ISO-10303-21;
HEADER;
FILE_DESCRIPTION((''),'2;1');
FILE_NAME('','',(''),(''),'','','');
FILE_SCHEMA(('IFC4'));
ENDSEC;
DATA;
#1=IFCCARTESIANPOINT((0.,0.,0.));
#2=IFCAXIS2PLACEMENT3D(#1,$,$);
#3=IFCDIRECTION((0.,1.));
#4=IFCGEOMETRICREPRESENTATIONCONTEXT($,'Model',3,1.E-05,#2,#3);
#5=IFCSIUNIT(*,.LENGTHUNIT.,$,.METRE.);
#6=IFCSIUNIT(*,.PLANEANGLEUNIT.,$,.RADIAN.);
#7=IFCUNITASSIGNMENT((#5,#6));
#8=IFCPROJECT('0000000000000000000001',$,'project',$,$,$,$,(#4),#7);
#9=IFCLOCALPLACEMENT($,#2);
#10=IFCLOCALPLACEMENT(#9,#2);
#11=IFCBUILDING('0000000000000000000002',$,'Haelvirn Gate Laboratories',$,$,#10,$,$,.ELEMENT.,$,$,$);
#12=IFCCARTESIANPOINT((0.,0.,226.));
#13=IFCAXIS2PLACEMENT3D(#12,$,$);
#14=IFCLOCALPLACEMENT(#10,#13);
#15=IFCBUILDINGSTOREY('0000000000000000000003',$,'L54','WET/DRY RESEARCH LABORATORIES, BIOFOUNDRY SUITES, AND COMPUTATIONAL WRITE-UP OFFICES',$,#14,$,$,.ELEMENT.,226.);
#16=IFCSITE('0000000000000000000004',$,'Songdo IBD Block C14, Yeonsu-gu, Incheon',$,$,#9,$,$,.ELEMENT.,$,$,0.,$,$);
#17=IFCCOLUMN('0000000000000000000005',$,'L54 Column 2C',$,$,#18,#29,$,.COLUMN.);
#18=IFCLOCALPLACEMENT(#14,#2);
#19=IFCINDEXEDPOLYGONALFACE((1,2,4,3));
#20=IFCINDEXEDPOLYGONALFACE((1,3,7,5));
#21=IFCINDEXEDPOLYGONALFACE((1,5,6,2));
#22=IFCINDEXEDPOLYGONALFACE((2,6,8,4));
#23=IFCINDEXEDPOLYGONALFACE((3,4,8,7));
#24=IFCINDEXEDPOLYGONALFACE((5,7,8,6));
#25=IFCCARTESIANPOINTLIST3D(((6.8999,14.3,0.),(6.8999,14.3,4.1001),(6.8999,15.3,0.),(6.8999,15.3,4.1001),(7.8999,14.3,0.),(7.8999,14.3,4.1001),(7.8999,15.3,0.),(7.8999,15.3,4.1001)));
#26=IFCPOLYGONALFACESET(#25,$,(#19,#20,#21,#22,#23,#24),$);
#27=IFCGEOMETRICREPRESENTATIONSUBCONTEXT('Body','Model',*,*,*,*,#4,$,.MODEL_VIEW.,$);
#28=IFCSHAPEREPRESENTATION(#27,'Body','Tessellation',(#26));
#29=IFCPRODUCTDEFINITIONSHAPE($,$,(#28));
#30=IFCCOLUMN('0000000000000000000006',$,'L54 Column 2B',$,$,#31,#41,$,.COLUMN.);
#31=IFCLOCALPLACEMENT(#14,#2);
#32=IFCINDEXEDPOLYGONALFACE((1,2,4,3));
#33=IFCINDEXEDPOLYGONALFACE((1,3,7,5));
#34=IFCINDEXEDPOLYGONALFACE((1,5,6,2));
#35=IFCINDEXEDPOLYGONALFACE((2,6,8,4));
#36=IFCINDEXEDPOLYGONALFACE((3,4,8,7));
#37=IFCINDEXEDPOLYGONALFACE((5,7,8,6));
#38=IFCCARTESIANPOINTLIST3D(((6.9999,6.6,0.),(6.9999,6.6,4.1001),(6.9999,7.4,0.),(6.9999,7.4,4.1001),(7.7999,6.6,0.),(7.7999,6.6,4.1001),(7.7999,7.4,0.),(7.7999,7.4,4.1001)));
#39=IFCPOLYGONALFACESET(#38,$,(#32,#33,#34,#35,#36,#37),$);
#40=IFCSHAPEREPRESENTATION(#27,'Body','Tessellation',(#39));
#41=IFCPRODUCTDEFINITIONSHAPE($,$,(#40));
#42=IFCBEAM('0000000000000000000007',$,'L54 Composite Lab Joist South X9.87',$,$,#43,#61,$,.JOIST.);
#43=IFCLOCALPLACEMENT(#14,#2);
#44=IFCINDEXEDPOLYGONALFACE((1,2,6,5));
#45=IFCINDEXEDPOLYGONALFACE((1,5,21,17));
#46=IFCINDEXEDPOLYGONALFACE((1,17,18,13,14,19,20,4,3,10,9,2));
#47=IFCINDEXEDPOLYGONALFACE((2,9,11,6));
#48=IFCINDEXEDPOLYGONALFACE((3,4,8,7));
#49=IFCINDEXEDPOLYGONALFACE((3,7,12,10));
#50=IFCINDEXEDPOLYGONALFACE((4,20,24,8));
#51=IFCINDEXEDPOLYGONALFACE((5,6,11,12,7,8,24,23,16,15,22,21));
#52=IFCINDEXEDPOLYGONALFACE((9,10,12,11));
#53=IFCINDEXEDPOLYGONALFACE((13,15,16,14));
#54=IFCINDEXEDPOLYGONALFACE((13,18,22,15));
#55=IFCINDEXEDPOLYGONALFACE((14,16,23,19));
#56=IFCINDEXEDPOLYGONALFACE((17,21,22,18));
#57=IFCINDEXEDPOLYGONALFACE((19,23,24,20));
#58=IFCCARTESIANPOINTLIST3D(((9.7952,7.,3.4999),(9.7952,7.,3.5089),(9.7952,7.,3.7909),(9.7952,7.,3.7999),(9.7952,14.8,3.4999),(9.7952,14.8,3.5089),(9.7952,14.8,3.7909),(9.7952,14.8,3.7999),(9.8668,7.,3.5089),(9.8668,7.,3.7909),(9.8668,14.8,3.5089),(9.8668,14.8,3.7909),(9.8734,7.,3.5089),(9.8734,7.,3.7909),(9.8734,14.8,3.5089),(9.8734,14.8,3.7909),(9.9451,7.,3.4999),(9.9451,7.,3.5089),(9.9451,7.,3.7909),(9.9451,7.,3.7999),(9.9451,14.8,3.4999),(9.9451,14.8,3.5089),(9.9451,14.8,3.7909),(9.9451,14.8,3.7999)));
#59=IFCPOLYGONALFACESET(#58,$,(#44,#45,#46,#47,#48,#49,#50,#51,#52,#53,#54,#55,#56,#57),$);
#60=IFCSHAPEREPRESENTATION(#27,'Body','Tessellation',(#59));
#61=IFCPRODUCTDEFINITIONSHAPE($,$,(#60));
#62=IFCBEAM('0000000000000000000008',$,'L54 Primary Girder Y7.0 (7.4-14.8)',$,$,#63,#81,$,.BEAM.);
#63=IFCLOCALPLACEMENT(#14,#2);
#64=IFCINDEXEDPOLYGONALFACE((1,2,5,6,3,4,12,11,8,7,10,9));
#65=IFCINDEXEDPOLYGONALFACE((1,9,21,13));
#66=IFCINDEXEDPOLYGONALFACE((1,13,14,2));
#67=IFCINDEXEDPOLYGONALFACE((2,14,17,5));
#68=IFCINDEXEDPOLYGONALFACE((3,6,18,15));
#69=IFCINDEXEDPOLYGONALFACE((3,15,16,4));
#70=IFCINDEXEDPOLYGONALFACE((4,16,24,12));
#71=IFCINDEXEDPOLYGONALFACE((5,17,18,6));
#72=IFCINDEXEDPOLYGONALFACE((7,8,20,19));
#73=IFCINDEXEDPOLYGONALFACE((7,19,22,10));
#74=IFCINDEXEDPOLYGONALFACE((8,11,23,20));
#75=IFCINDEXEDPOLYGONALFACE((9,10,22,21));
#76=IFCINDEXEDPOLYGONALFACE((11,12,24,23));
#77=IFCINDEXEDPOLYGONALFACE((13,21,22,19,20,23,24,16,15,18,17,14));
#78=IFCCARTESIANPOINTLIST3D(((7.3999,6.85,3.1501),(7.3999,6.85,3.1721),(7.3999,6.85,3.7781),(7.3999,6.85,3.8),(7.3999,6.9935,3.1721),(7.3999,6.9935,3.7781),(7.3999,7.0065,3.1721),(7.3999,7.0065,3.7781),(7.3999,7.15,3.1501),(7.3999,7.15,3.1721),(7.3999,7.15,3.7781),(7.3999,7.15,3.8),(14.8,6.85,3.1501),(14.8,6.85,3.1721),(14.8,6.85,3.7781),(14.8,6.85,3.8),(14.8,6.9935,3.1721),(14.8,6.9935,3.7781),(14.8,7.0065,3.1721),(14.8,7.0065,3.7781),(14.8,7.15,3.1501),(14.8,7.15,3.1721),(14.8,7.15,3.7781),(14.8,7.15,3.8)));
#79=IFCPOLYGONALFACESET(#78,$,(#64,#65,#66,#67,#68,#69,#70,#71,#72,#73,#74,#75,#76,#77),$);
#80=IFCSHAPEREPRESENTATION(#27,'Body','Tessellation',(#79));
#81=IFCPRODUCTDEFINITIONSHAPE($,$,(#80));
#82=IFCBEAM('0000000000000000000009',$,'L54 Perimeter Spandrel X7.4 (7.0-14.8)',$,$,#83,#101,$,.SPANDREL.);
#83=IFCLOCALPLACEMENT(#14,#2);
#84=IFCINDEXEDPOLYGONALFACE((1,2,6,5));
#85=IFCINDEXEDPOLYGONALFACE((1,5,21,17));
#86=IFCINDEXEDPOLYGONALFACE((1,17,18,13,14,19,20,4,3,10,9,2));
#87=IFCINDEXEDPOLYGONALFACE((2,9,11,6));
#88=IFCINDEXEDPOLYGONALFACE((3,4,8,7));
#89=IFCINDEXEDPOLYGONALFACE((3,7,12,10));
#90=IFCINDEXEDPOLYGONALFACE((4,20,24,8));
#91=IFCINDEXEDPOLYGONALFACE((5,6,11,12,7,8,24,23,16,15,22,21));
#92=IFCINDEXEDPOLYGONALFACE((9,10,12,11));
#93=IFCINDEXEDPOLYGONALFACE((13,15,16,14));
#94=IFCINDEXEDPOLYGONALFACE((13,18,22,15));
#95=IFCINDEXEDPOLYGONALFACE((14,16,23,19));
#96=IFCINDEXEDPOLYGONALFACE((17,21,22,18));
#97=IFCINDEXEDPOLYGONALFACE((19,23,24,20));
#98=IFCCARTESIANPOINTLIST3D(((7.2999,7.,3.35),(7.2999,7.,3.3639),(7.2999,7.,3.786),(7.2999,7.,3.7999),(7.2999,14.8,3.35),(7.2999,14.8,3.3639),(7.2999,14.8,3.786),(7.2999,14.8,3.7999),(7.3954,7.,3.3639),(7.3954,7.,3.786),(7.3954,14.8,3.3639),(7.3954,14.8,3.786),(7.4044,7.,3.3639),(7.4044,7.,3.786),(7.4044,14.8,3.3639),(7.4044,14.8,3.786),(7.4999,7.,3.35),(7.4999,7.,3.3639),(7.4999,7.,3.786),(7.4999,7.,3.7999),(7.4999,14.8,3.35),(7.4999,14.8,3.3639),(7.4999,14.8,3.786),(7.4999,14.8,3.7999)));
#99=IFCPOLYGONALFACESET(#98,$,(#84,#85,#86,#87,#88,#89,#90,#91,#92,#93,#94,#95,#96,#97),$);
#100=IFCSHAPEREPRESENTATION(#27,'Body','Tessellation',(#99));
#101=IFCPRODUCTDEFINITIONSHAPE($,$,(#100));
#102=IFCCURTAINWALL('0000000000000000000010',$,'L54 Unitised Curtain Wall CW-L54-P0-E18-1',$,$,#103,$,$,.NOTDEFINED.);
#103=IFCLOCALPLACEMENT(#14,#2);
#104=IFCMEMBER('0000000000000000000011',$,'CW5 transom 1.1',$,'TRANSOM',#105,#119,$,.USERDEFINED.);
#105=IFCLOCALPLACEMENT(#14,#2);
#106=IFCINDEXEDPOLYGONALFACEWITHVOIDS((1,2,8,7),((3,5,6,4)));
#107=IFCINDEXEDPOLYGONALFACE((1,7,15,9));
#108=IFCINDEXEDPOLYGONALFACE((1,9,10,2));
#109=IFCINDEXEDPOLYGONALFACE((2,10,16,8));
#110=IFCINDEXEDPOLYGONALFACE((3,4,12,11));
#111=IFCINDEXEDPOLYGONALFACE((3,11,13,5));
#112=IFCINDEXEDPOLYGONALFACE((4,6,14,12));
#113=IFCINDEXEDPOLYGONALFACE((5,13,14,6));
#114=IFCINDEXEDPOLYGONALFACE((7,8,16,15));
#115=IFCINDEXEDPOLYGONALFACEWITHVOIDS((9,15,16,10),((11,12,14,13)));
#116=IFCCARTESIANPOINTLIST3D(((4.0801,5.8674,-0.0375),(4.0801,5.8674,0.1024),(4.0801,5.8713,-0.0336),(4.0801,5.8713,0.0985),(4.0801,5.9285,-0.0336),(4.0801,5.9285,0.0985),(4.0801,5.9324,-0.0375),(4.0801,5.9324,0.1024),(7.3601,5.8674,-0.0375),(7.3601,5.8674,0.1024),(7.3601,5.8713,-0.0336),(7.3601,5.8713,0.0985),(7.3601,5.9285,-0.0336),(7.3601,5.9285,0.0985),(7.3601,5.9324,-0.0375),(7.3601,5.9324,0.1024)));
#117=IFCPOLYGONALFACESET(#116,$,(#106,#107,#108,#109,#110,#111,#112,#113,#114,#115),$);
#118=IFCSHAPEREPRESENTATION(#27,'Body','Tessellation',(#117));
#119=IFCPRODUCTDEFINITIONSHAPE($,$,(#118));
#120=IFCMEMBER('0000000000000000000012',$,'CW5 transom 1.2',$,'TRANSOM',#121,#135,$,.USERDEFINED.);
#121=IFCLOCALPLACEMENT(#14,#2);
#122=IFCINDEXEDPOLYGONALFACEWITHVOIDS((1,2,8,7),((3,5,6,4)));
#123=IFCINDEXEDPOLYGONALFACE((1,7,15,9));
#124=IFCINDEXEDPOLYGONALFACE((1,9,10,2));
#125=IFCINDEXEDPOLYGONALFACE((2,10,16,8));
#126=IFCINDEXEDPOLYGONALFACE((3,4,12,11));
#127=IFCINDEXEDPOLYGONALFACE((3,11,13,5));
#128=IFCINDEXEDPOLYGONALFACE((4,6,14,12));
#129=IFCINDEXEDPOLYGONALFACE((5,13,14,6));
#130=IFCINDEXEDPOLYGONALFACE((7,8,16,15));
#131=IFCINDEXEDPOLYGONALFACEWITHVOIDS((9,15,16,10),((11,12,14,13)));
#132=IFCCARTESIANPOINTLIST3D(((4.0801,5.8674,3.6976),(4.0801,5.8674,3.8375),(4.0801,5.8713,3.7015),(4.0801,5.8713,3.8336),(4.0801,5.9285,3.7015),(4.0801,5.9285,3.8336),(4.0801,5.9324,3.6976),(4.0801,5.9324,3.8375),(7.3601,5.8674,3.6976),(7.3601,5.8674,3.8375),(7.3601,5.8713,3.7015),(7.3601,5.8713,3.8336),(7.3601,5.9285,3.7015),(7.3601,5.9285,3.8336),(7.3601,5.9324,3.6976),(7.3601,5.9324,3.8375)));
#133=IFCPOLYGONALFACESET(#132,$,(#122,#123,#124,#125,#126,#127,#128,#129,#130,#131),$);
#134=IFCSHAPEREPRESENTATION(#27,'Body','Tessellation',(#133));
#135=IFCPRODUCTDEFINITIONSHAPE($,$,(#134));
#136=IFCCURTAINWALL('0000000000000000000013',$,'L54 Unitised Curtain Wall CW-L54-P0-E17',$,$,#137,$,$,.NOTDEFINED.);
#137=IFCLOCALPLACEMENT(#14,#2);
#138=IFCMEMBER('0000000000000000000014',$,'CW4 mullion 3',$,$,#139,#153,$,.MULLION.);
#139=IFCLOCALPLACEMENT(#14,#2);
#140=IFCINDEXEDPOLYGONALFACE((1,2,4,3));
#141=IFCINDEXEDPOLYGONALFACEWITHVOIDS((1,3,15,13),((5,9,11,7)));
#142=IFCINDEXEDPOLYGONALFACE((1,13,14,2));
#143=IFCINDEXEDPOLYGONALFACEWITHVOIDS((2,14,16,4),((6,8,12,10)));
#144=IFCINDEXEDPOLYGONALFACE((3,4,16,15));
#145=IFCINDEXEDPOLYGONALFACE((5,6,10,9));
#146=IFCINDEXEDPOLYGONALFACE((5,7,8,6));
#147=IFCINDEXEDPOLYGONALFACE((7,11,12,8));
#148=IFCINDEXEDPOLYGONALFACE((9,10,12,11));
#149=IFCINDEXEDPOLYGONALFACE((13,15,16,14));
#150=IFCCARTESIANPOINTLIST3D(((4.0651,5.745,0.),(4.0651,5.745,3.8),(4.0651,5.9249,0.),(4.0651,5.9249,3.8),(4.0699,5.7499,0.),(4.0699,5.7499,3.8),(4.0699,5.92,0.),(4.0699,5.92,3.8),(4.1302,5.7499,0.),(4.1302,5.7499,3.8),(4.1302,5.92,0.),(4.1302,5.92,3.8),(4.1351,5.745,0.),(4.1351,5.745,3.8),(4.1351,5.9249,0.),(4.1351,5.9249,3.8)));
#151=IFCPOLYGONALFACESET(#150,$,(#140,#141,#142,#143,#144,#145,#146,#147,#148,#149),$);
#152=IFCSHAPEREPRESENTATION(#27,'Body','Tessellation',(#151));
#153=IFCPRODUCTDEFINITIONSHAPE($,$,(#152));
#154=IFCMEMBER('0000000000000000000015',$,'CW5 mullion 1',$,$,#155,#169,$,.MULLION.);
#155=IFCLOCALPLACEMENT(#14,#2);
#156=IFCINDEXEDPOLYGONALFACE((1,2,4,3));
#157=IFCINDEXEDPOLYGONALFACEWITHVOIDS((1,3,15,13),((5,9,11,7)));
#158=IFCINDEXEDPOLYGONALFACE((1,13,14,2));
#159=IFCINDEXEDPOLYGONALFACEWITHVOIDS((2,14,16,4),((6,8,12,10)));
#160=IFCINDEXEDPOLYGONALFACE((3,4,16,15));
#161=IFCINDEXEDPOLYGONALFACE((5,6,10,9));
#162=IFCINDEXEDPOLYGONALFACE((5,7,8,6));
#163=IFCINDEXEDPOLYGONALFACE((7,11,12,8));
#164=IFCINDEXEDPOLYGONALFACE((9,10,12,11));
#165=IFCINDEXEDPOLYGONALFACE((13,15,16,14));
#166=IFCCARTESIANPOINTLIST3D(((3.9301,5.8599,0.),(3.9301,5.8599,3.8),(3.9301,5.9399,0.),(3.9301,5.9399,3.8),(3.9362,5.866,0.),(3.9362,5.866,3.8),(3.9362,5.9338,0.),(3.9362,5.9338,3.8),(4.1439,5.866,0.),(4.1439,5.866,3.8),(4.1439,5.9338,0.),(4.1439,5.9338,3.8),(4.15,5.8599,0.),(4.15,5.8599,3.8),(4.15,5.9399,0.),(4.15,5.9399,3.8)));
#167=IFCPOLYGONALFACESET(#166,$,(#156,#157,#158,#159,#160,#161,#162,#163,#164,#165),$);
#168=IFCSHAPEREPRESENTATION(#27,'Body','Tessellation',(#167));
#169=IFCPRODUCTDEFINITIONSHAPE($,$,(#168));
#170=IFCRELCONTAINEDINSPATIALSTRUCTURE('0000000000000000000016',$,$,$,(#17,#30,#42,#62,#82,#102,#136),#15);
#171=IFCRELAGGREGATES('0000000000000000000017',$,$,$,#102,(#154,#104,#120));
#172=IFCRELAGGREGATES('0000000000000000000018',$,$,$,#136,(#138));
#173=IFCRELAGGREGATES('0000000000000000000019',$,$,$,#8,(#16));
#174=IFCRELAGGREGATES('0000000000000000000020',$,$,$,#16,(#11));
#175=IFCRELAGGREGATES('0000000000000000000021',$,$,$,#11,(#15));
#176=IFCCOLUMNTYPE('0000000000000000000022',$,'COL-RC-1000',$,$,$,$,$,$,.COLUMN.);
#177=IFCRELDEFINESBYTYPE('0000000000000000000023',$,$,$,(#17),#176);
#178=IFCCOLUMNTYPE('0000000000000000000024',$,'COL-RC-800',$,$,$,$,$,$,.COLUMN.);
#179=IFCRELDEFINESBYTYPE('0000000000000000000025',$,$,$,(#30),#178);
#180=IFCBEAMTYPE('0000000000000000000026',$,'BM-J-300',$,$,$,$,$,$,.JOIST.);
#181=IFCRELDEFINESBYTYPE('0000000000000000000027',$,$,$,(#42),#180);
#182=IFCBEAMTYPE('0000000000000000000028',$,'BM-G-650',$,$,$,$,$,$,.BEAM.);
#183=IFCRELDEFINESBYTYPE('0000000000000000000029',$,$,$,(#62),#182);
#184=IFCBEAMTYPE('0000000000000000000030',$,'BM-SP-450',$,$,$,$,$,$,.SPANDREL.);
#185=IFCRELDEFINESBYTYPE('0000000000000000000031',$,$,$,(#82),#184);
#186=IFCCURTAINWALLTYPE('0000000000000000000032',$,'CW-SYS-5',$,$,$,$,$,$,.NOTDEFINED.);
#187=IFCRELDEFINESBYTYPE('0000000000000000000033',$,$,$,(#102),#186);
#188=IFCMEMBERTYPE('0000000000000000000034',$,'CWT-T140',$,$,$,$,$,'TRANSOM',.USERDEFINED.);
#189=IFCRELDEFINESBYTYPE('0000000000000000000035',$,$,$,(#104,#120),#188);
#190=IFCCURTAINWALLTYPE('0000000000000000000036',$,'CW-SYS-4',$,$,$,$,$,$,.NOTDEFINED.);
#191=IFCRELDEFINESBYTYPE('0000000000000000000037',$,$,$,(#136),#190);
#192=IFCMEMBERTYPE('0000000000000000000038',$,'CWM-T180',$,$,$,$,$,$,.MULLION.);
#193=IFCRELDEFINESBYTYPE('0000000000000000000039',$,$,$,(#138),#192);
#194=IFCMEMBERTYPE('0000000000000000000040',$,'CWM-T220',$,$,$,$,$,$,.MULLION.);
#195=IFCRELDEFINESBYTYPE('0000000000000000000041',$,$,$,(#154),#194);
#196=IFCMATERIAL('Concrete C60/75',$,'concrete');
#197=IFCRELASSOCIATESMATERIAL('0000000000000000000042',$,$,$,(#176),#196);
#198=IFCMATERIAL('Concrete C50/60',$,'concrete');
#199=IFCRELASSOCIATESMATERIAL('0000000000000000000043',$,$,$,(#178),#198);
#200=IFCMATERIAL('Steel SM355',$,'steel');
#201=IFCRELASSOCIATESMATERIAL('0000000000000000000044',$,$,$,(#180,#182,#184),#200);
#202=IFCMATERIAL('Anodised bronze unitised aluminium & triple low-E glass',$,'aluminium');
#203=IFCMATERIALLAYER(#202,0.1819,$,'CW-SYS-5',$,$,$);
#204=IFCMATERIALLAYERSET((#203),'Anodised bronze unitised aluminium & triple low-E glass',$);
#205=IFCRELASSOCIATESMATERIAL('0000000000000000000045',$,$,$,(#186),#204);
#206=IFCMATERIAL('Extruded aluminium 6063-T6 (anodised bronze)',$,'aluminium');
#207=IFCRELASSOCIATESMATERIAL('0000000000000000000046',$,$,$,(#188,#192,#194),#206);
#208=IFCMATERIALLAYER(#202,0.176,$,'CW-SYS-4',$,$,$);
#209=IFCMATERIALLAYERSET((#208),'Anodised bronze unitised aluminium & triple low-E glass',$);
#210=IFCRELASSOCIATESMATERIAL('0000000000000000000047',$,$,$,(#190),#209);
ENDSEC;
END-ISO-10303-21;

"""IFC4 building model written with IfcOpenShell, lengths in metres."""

from ifc_helpers import new_model, si_unit, direction, frame, origin, origin_2d, place, context, subcontext, project, spatial, rectangle, hollow_rectangle, i_section, extrude, source, transform, mapped, material, layer, layer_set, material_profile, profile_set, type_object, type_shapes, element, aggregate, save


model = new_model("IFC4")

# Units and contexts
model_context = context("Model", 3, precision=1e-05, world=origin(), true_north=direction((0.0, 1.0)))
body_context = subcontext(model_context, "Body", "Model", "MODEL_VIEW")
ifc_project = project(units=[si_unit("LENGTHUNIT", "METRE"), si_unit("PLANEANGLEUNIT", "RADIAN")], contexts=[model_context])

# Site, building, storey
site_placement = place(None, origin())
site = spatial("IfcSite", under=ifc_project, at=site_placement, Name="Songdo IBD Block C14, Yeonsu-gu, Incheon", CompositionType="ELEMENT", RefElevation=0.0)
building_placement = place(site_placement, origin())
building = spatial("IfcBuilding", under=site, at=building_placement, Name="Haelvirn Gate Laboratories", CompositionType="ELEMENT")
storey_placement = place(building_placement, frame((0.0, 0.0, 226.0)))
storey = spatial("IfcBuildingStorey", under=building, at=storey_placement, Name="L54", Description="WET/DRY RESEARCH LABORATORIES, BIOFOUNDRY SUITES, AND COMPUTATIONAL WRITE-UP OFFICES", CompositionType="ELEMENT", Elevation=226.0)

# Columns
ifc_material_1 = material(Name="Concrete C60/75", Category="concrete")
ifc_material_profile_1 = material_profile(ifc_material_1, rectangle(XDim=1.0, YDim=1.0, at=origin_2d()), Name="RC-1000x1000")
ifc_profile_set_1 = profile_set([ifc_material_profile_1], Name="Concrete C60/75")
column_type_1 = type_object("IfcColumnType", Name="COL-RC-1000", PredefinedType="COLUMN", material=ifc_profile_set_1)
shared_shape_1 = source(origin(), body_context, "Body", "SweptSolid", [
    extrude(rectangle(XDim=1.0, YDim=1.0, at=origin_2d()), origin(), (0.0, 0.0, 1.0), 4.1001),
])
type_shapes(column_type_1, [shared_shape_1])
column_1_placement = place(storey_placement, frame((7.3999, 14.8, 0.0), z_axis=(0.0, 0.0, 1.0), x_axis=(1.0, 0.0, 0.0)))
element("IfcColumn", 1, at=column_1_placement, inside=storey, type_object=column_type_1, Name="L54 Column 2C", PredefinedType="COLUMN", context=body_context, shape_type="MappedRepresentation", body=[
    mapped(shared_shape_1, transform((0.0, 0.0, 0.0), scale=1.0)),
])
ifc_material_2 = material(Name="Concrete C50/60", Category="concrete")
ifc_material_profile_2 = material_profile(ifc_material_2, rectangle(XDim=0.8, YDim=0.8, at=origin_2d()), Name="RC-800x800")
ifc_profile_set_2 = profile_set([ifc_material_profile_2], Name="Concrete C50/60")
column_type_2 = type_object("IfcColumnType", Name="COL-RC-800", PredefinedType="COLUMN", material=ifc_profile_set_2)
shared_shape_2 = source(origin(), body_context, "Body", "SweptSolid", [
    extrude(rectangle(XDim=0.8, YDim=0.8, at=origin_2d()), origin(), (0.0, 0.0, 1.0), 4.1001),
])
type_shapes(column_type_2, [shared_shape_2])
column_2_placement = place(storey_placement, frame((7.3999, 7.0, 0.0), z_axis=(0.0, 0.0, 1.0), x_axis=(1.0, 0.0, 0.0)))
element("IfcColumn", 2, at=column_2_placement, inside=storey, type_object=column_type_2, Name="L54 Column 2B", PredefinedType="COLUMN", context=body_context, shape_type="MappedRepresentation", body=[
    mapped(shared_shape_2, transform((0.0, 0.0, 0.0), scale=1.0)),
])

# Beams
ifc_material_3 = material(Name="Steel SM355", Category="steel")
ifc_material_profile_3 = material_profile(ifc_material_3, i_section(OverallWidth=0.1499, OverallDepth=0.3, WebThickness=0.0066, FlangeThickness=0.009, at=origin_2d()), Name="H-300x150x6.5x9")
ifc_profile_set_3 = profile_set([ifc_material_profile_3], Name="Steel SM355")
beam_type_1 = type_object("IfcBeamType", Name="BM-J-300", PredefinedType="JOIST", material=ifc_profile_set_3)
shared_shape_3 = source(origin(), body_context, "Body", "SweptSolid", [
    extrude(i_section(OverallWidth=0.1499, OverallDepth=0.3, WebThickness=0.0066, FlangeThickness=0.009, at=origin_2d()), origin(), (0.0, 0.0, 1.0), 7.8),
])
type_shapes(beam_type_1, [shared_shape_3])
beam_1_placement = place(storey_placement, frame((9.8701, 7.0, 3.6499), z_axis=(0.0, 1.0, 0.0), x_axis=(-1.0, 0.0, 0.0)))
element("IfcBeam", 3, at=beam_1_placement, inside=storey, type_object=beam_type_1, Name="L54 Composite Lab Joist South X9.87", PredefinedType="JOIST", context=body_context, shape_type="MappedRepresentation", body=[
    mapped(shared_shape_3, transform((0.0, 0.0, 0.0), scale=1.0)),
])
ifc_material_profile_4 = material_profile(ifc_material_3, i_section(OverallWidth=0.3, OverallDepth=0.6499, WebThickness=0.0129, FlangeThickness=0.022, at=origin_2d()), Name="H-650x300x13x22")
ifc_profile_set_4 = profile_set([ifc_material_profile_4], Name="Steel SM355")
beam_type_2 = type_object("IfcBeamType", Name="BM-G-650", PredefinedType="BEAM", material=ifc_profile_set_4)
shared_shape_4 = source(origin(), body_context, "Body", "SweptSolid", [
    extrude(i_section(OverallWidth=0.3, OverallDepth=0.6499, WebThickness=0.0129, FlangeThickness=0.022, at=origin_2d()), origin(), (0.0, 0.0, 1.0), 7.4001),
])
type_shapes(beam_type_2, [shared_shape_4])
beam_2_placement = place(storey_placement, frame((7.3999, 7.0, 3.4751), z_axis=(1.0, 0.0, 0.0), x_axis=(0.0, 1.0, 0.0)))
element("IfcBeam", 4, at=beam_2_placement, inside=storey, type_object=beam_type_2, Name="L54 Primary Girder Y7.0 (7.4-14.8)", PredefinedType="BEAM", context=body_context, shape_type="MappedRepresentation", body=[
    mapped(shared_shape_4, transform((0.0, 0.0, 0.0), scale=1.0)),
])
ifc_material_profile_5 = material_profile(ifc_material_3, i_section(OverallWidth=0.2, OverallDepth=0.45, WebThickness=0.009, FlangeThickness=0.0139, at=origin_2d()), Name="H-450x200x9x14")
ifc_profile_set_5 = profile_set([ifc_material_profile_5], Name="Steel SM355")
beam_type_3 = type_object("IfcBeamType", Name="BM-SP-450", PredefinedType="SPANDREL", material=ifc_profile_set_5)
shared_shape_5 = source(origin(), body_context, "Body", "SweptSolid", [
    extrude(i_section(OverallWidth=0.2, OverallDepth=0.45, WebThickness=0.009, FlangeThickness=0.0139, at=origin_2d()), origin(), (0.0, 0.0, 1.0), 7.8),
])
type_shapes(beam_type_3, [shared_shape_5])
beam_3_placement = place(storey_placement, frame((7.3999, 7.0, 3.575), z_axis=(0.0, 1.0, 0.0), x_axis=(-1.0, 0.0, 0.0)))
element("IfcBeam", 5, at=beam_3_placement, inside=storey, type_object=beam_type_3, Name="L54 Perimeter Spandrel X7.4 (7.0-14.8)", PredefinedType="SPANDREL", context=body_context, shape_type="MappedRepresentation", body=[
    mapped(shared_shape_5, transform((0.0, 0.0, 0.0), scale=1.0)),
])

# Curtain wall, members
ifc_material_4 = material(Name="Anodised bronze unitised aluminium & triple low-E glass", Category="aluminium")
ifc_layer_1 = layer(ifc_material_4, 0.1819, Name="CW-SYS-5")
ifc_layer_set_1 = layer_set([ifc_layer_1], Name="Anodised bronze unitised aluminium & triple low-E glass")
curtain_wall_type_1 = type_object("IfcCurtainWallType", Name="CW-SYS-5", PredefinedType="NOTDEFINED", material=ifc_layer_set_1)
curtain_wall_1_placement = place(storey_placement, origin())
curtain_wall_1 = element("IfcCurtainWall", 6, at=curtain_wall_1_placement, inside=storey, type_object=curtain_wall_type_1, Name="L54 Unitised Curtain Wall CW-L54-P0-E18-1", PredefinedType="NOTDEFINED")
ifc_material_5 = material(Name="Extruded aluminium 6063-T6 (anodised bronze)", Category="aluminium")
ifc_material_profile_6 = material_profile(ifc_material_5, hollow_rectangle(XDim=0.0649, YDim=0.1399, WallThickness=0.0039, at=origin_2d()), Name="CWT-140x65x4")
ifc_profile_set_6 = profile_set([ifc_material_profile_6], Name="Extruded aluminium 6063-T6 (anodised bronze)")
member_type_1 = type_object("IfcMemberType", Name="CWT-T140", ElementType="TRANSOM", PredefinedType="USERDEFINED", material=ifc_profile_set_6)
shared_shape_6 = source(origin(), body_context, "Body", "SweptSolid", [
    extrude(hollow_rectangle(XDim=0.0649, YDim=0.1399, WallThickness=0.0039, at=origin_2d()), origin(), (0.0, 0.0, 1.0), 3.28),
])
type_shapes(member_type_1, [shared_shape_6])
member_1_placement = place(storey_placement, frame((4.0801, 5.8999, 0.0325), z_axis=(1.0, 0.0, 0.0), x_axis=(0.0, 1.0, 0.0)))
member_1 = element("IfcMember", 7, at=member_1_placement, type_object=member_type_1, Name="CW5 transom 1.1", ObjectType="TRANSOM", PredefinedType="USERDEFINED", context=body_context, shape_type="MappedRepresentation", body=[
    mapped(shared_shape_6, transform((0.0, 0.0, 0.0), scale=1.0)),
])
member_2_placement = place(storey_placement, frame((4.0801, 5.8999, 3.7676), z_axis=(1.0, 0.0, 0.0), x_axis=(0.0, 1.0, 0.0)))
member_2 = element("IfcMember", 8, at=member_2_placement, type_object=member_type_1, Name="CW5 transom 1.2", ObjectType="TRANSOM", PredefinedType="USERDEFINED", context=body_context, shape_type="MappedRepresentation", body=[
    mapped(shared_shape_6, transform((0.0, 0.0, 0.0), scale=1.0)),
])

# Curtain wall, member
ifc_layer_2 = layer(ifc_material_4, 0.176, Name="CW-SYS-4")
ifc_layer_set_2 = layer_set([ifc_layer_2], Name="Anodised bronze unitised aluminium & triple low-E glass")
curtain_wall_type_2 = type_object("IfcCurtainWallType", Name="CW-SYS-4", PredefinedType="NOTDEFINED", material=ifc_layer_set_2)
curtain_wall_2_placement = place(storey_placement, origin())
curtain_wall_2 = element("IfcCurtainWall", 9, at=curtain_wall_2_placement, inside=storey, type_object=curtain_wall_type_2, Name="L54 Unitised Curtain Wall CW-L54-P0-E17", PredefinedType="NOTDEFINED")
ifc_material_profile_7 = material_profile(ifc_material_5, hollow_rectangle(XDim=0.0701, YDim=0.1799, WallThickness=0.0049, at=origin_2d()), Name="CWM-180x70x5")
ifc_profile_set_7 = profile_set([ifc_material_profile_7], Name="Extruded aluminium 6063-T6 (anodised bronze)")
member_type_2 = type_object("IfcMemberType", Name="CWM-T180", PredefinedType="MULLION", material=ifc_profile_set_7)
shared_shape_7 = source(origin(), body_context, "Body", "SweptSolid", [
    extrude(hollow_rectangle(XDim=0.0701, YDim=0.1799, WallThickness=0.0049, at=origin_2d()), origin(), (0.0, 0.0, 1.0), 3.8),
])
type_shapes(member_type_2, [shared_shape_7])
member_3_placement = place(storey_placement, frame((4.1001, 5.835, 0.0), z_axis=(0.0, 0.0, 1.0), x_axis=(1.0, 0.0, 0.0)))
member_3 = element("IfcMember", 10, at=member_3_placement, type_object=member_type_2, Name="CW4 mullion 3", PredefinedType="MULLION", context=body_context, shape_type="MappedRepresentation", body=[
    mapped(shared_shape_7, transform((0.0, 0.0, 0.0), scale=1.0)),
])

# Member
ifc_material_profile_8 = material_profile(ifc_material_5, hollow_rectangle(XDim=0.0801, YDim=0.22, WallThickness=0.0061, at=origin_2d()), Name="CWM-220x80x6")
ifc_profile_set_8 = profile_set([ifc_material_profile_8], Name="Extruded aluminium 6063-T6 (anodised bronze)")
member_type_3 = type_object("IfcMemberType", Name="CWM-T220", PredefinedType="MULLION", material=ifc_profile_set_8)
shared_shape_8 = source(origin(), body_context, "Body", "SweptSolid", [
    extrude(hollow_rectangle(XDim=0.0801, YDim=0.22, WallThickness=0.0061, at=origin_2d()), origin(), (0.0, 0.0, 1.0), 3.8),
])
type_shapes(member_type_3, [shared_shape_8])
member_4_placement = place(storey_placement, frame((4.04, 5.8999, 0.0), z_axis=(0.0, 0.0, 1.0), x_axis=(0.0, 1.0, 0.0)))
member_4 = element("IfcMember", 11, at=member_4_placement, type_object=member_type_3, Name="CW5 mullion 1", PredefinedType="MULLION", context=body_context, shape_type="MappedRepresentation", body=[
    mapped(shared_shape_8, transform((0.0, 0.0, 0.0), scale=1.0)),
])

aggregate(curtain_wall_1, [member_4, member_1, member_2])
aggregate(curtain_wall_2, [member_3])

save(model, "model.ifc")
